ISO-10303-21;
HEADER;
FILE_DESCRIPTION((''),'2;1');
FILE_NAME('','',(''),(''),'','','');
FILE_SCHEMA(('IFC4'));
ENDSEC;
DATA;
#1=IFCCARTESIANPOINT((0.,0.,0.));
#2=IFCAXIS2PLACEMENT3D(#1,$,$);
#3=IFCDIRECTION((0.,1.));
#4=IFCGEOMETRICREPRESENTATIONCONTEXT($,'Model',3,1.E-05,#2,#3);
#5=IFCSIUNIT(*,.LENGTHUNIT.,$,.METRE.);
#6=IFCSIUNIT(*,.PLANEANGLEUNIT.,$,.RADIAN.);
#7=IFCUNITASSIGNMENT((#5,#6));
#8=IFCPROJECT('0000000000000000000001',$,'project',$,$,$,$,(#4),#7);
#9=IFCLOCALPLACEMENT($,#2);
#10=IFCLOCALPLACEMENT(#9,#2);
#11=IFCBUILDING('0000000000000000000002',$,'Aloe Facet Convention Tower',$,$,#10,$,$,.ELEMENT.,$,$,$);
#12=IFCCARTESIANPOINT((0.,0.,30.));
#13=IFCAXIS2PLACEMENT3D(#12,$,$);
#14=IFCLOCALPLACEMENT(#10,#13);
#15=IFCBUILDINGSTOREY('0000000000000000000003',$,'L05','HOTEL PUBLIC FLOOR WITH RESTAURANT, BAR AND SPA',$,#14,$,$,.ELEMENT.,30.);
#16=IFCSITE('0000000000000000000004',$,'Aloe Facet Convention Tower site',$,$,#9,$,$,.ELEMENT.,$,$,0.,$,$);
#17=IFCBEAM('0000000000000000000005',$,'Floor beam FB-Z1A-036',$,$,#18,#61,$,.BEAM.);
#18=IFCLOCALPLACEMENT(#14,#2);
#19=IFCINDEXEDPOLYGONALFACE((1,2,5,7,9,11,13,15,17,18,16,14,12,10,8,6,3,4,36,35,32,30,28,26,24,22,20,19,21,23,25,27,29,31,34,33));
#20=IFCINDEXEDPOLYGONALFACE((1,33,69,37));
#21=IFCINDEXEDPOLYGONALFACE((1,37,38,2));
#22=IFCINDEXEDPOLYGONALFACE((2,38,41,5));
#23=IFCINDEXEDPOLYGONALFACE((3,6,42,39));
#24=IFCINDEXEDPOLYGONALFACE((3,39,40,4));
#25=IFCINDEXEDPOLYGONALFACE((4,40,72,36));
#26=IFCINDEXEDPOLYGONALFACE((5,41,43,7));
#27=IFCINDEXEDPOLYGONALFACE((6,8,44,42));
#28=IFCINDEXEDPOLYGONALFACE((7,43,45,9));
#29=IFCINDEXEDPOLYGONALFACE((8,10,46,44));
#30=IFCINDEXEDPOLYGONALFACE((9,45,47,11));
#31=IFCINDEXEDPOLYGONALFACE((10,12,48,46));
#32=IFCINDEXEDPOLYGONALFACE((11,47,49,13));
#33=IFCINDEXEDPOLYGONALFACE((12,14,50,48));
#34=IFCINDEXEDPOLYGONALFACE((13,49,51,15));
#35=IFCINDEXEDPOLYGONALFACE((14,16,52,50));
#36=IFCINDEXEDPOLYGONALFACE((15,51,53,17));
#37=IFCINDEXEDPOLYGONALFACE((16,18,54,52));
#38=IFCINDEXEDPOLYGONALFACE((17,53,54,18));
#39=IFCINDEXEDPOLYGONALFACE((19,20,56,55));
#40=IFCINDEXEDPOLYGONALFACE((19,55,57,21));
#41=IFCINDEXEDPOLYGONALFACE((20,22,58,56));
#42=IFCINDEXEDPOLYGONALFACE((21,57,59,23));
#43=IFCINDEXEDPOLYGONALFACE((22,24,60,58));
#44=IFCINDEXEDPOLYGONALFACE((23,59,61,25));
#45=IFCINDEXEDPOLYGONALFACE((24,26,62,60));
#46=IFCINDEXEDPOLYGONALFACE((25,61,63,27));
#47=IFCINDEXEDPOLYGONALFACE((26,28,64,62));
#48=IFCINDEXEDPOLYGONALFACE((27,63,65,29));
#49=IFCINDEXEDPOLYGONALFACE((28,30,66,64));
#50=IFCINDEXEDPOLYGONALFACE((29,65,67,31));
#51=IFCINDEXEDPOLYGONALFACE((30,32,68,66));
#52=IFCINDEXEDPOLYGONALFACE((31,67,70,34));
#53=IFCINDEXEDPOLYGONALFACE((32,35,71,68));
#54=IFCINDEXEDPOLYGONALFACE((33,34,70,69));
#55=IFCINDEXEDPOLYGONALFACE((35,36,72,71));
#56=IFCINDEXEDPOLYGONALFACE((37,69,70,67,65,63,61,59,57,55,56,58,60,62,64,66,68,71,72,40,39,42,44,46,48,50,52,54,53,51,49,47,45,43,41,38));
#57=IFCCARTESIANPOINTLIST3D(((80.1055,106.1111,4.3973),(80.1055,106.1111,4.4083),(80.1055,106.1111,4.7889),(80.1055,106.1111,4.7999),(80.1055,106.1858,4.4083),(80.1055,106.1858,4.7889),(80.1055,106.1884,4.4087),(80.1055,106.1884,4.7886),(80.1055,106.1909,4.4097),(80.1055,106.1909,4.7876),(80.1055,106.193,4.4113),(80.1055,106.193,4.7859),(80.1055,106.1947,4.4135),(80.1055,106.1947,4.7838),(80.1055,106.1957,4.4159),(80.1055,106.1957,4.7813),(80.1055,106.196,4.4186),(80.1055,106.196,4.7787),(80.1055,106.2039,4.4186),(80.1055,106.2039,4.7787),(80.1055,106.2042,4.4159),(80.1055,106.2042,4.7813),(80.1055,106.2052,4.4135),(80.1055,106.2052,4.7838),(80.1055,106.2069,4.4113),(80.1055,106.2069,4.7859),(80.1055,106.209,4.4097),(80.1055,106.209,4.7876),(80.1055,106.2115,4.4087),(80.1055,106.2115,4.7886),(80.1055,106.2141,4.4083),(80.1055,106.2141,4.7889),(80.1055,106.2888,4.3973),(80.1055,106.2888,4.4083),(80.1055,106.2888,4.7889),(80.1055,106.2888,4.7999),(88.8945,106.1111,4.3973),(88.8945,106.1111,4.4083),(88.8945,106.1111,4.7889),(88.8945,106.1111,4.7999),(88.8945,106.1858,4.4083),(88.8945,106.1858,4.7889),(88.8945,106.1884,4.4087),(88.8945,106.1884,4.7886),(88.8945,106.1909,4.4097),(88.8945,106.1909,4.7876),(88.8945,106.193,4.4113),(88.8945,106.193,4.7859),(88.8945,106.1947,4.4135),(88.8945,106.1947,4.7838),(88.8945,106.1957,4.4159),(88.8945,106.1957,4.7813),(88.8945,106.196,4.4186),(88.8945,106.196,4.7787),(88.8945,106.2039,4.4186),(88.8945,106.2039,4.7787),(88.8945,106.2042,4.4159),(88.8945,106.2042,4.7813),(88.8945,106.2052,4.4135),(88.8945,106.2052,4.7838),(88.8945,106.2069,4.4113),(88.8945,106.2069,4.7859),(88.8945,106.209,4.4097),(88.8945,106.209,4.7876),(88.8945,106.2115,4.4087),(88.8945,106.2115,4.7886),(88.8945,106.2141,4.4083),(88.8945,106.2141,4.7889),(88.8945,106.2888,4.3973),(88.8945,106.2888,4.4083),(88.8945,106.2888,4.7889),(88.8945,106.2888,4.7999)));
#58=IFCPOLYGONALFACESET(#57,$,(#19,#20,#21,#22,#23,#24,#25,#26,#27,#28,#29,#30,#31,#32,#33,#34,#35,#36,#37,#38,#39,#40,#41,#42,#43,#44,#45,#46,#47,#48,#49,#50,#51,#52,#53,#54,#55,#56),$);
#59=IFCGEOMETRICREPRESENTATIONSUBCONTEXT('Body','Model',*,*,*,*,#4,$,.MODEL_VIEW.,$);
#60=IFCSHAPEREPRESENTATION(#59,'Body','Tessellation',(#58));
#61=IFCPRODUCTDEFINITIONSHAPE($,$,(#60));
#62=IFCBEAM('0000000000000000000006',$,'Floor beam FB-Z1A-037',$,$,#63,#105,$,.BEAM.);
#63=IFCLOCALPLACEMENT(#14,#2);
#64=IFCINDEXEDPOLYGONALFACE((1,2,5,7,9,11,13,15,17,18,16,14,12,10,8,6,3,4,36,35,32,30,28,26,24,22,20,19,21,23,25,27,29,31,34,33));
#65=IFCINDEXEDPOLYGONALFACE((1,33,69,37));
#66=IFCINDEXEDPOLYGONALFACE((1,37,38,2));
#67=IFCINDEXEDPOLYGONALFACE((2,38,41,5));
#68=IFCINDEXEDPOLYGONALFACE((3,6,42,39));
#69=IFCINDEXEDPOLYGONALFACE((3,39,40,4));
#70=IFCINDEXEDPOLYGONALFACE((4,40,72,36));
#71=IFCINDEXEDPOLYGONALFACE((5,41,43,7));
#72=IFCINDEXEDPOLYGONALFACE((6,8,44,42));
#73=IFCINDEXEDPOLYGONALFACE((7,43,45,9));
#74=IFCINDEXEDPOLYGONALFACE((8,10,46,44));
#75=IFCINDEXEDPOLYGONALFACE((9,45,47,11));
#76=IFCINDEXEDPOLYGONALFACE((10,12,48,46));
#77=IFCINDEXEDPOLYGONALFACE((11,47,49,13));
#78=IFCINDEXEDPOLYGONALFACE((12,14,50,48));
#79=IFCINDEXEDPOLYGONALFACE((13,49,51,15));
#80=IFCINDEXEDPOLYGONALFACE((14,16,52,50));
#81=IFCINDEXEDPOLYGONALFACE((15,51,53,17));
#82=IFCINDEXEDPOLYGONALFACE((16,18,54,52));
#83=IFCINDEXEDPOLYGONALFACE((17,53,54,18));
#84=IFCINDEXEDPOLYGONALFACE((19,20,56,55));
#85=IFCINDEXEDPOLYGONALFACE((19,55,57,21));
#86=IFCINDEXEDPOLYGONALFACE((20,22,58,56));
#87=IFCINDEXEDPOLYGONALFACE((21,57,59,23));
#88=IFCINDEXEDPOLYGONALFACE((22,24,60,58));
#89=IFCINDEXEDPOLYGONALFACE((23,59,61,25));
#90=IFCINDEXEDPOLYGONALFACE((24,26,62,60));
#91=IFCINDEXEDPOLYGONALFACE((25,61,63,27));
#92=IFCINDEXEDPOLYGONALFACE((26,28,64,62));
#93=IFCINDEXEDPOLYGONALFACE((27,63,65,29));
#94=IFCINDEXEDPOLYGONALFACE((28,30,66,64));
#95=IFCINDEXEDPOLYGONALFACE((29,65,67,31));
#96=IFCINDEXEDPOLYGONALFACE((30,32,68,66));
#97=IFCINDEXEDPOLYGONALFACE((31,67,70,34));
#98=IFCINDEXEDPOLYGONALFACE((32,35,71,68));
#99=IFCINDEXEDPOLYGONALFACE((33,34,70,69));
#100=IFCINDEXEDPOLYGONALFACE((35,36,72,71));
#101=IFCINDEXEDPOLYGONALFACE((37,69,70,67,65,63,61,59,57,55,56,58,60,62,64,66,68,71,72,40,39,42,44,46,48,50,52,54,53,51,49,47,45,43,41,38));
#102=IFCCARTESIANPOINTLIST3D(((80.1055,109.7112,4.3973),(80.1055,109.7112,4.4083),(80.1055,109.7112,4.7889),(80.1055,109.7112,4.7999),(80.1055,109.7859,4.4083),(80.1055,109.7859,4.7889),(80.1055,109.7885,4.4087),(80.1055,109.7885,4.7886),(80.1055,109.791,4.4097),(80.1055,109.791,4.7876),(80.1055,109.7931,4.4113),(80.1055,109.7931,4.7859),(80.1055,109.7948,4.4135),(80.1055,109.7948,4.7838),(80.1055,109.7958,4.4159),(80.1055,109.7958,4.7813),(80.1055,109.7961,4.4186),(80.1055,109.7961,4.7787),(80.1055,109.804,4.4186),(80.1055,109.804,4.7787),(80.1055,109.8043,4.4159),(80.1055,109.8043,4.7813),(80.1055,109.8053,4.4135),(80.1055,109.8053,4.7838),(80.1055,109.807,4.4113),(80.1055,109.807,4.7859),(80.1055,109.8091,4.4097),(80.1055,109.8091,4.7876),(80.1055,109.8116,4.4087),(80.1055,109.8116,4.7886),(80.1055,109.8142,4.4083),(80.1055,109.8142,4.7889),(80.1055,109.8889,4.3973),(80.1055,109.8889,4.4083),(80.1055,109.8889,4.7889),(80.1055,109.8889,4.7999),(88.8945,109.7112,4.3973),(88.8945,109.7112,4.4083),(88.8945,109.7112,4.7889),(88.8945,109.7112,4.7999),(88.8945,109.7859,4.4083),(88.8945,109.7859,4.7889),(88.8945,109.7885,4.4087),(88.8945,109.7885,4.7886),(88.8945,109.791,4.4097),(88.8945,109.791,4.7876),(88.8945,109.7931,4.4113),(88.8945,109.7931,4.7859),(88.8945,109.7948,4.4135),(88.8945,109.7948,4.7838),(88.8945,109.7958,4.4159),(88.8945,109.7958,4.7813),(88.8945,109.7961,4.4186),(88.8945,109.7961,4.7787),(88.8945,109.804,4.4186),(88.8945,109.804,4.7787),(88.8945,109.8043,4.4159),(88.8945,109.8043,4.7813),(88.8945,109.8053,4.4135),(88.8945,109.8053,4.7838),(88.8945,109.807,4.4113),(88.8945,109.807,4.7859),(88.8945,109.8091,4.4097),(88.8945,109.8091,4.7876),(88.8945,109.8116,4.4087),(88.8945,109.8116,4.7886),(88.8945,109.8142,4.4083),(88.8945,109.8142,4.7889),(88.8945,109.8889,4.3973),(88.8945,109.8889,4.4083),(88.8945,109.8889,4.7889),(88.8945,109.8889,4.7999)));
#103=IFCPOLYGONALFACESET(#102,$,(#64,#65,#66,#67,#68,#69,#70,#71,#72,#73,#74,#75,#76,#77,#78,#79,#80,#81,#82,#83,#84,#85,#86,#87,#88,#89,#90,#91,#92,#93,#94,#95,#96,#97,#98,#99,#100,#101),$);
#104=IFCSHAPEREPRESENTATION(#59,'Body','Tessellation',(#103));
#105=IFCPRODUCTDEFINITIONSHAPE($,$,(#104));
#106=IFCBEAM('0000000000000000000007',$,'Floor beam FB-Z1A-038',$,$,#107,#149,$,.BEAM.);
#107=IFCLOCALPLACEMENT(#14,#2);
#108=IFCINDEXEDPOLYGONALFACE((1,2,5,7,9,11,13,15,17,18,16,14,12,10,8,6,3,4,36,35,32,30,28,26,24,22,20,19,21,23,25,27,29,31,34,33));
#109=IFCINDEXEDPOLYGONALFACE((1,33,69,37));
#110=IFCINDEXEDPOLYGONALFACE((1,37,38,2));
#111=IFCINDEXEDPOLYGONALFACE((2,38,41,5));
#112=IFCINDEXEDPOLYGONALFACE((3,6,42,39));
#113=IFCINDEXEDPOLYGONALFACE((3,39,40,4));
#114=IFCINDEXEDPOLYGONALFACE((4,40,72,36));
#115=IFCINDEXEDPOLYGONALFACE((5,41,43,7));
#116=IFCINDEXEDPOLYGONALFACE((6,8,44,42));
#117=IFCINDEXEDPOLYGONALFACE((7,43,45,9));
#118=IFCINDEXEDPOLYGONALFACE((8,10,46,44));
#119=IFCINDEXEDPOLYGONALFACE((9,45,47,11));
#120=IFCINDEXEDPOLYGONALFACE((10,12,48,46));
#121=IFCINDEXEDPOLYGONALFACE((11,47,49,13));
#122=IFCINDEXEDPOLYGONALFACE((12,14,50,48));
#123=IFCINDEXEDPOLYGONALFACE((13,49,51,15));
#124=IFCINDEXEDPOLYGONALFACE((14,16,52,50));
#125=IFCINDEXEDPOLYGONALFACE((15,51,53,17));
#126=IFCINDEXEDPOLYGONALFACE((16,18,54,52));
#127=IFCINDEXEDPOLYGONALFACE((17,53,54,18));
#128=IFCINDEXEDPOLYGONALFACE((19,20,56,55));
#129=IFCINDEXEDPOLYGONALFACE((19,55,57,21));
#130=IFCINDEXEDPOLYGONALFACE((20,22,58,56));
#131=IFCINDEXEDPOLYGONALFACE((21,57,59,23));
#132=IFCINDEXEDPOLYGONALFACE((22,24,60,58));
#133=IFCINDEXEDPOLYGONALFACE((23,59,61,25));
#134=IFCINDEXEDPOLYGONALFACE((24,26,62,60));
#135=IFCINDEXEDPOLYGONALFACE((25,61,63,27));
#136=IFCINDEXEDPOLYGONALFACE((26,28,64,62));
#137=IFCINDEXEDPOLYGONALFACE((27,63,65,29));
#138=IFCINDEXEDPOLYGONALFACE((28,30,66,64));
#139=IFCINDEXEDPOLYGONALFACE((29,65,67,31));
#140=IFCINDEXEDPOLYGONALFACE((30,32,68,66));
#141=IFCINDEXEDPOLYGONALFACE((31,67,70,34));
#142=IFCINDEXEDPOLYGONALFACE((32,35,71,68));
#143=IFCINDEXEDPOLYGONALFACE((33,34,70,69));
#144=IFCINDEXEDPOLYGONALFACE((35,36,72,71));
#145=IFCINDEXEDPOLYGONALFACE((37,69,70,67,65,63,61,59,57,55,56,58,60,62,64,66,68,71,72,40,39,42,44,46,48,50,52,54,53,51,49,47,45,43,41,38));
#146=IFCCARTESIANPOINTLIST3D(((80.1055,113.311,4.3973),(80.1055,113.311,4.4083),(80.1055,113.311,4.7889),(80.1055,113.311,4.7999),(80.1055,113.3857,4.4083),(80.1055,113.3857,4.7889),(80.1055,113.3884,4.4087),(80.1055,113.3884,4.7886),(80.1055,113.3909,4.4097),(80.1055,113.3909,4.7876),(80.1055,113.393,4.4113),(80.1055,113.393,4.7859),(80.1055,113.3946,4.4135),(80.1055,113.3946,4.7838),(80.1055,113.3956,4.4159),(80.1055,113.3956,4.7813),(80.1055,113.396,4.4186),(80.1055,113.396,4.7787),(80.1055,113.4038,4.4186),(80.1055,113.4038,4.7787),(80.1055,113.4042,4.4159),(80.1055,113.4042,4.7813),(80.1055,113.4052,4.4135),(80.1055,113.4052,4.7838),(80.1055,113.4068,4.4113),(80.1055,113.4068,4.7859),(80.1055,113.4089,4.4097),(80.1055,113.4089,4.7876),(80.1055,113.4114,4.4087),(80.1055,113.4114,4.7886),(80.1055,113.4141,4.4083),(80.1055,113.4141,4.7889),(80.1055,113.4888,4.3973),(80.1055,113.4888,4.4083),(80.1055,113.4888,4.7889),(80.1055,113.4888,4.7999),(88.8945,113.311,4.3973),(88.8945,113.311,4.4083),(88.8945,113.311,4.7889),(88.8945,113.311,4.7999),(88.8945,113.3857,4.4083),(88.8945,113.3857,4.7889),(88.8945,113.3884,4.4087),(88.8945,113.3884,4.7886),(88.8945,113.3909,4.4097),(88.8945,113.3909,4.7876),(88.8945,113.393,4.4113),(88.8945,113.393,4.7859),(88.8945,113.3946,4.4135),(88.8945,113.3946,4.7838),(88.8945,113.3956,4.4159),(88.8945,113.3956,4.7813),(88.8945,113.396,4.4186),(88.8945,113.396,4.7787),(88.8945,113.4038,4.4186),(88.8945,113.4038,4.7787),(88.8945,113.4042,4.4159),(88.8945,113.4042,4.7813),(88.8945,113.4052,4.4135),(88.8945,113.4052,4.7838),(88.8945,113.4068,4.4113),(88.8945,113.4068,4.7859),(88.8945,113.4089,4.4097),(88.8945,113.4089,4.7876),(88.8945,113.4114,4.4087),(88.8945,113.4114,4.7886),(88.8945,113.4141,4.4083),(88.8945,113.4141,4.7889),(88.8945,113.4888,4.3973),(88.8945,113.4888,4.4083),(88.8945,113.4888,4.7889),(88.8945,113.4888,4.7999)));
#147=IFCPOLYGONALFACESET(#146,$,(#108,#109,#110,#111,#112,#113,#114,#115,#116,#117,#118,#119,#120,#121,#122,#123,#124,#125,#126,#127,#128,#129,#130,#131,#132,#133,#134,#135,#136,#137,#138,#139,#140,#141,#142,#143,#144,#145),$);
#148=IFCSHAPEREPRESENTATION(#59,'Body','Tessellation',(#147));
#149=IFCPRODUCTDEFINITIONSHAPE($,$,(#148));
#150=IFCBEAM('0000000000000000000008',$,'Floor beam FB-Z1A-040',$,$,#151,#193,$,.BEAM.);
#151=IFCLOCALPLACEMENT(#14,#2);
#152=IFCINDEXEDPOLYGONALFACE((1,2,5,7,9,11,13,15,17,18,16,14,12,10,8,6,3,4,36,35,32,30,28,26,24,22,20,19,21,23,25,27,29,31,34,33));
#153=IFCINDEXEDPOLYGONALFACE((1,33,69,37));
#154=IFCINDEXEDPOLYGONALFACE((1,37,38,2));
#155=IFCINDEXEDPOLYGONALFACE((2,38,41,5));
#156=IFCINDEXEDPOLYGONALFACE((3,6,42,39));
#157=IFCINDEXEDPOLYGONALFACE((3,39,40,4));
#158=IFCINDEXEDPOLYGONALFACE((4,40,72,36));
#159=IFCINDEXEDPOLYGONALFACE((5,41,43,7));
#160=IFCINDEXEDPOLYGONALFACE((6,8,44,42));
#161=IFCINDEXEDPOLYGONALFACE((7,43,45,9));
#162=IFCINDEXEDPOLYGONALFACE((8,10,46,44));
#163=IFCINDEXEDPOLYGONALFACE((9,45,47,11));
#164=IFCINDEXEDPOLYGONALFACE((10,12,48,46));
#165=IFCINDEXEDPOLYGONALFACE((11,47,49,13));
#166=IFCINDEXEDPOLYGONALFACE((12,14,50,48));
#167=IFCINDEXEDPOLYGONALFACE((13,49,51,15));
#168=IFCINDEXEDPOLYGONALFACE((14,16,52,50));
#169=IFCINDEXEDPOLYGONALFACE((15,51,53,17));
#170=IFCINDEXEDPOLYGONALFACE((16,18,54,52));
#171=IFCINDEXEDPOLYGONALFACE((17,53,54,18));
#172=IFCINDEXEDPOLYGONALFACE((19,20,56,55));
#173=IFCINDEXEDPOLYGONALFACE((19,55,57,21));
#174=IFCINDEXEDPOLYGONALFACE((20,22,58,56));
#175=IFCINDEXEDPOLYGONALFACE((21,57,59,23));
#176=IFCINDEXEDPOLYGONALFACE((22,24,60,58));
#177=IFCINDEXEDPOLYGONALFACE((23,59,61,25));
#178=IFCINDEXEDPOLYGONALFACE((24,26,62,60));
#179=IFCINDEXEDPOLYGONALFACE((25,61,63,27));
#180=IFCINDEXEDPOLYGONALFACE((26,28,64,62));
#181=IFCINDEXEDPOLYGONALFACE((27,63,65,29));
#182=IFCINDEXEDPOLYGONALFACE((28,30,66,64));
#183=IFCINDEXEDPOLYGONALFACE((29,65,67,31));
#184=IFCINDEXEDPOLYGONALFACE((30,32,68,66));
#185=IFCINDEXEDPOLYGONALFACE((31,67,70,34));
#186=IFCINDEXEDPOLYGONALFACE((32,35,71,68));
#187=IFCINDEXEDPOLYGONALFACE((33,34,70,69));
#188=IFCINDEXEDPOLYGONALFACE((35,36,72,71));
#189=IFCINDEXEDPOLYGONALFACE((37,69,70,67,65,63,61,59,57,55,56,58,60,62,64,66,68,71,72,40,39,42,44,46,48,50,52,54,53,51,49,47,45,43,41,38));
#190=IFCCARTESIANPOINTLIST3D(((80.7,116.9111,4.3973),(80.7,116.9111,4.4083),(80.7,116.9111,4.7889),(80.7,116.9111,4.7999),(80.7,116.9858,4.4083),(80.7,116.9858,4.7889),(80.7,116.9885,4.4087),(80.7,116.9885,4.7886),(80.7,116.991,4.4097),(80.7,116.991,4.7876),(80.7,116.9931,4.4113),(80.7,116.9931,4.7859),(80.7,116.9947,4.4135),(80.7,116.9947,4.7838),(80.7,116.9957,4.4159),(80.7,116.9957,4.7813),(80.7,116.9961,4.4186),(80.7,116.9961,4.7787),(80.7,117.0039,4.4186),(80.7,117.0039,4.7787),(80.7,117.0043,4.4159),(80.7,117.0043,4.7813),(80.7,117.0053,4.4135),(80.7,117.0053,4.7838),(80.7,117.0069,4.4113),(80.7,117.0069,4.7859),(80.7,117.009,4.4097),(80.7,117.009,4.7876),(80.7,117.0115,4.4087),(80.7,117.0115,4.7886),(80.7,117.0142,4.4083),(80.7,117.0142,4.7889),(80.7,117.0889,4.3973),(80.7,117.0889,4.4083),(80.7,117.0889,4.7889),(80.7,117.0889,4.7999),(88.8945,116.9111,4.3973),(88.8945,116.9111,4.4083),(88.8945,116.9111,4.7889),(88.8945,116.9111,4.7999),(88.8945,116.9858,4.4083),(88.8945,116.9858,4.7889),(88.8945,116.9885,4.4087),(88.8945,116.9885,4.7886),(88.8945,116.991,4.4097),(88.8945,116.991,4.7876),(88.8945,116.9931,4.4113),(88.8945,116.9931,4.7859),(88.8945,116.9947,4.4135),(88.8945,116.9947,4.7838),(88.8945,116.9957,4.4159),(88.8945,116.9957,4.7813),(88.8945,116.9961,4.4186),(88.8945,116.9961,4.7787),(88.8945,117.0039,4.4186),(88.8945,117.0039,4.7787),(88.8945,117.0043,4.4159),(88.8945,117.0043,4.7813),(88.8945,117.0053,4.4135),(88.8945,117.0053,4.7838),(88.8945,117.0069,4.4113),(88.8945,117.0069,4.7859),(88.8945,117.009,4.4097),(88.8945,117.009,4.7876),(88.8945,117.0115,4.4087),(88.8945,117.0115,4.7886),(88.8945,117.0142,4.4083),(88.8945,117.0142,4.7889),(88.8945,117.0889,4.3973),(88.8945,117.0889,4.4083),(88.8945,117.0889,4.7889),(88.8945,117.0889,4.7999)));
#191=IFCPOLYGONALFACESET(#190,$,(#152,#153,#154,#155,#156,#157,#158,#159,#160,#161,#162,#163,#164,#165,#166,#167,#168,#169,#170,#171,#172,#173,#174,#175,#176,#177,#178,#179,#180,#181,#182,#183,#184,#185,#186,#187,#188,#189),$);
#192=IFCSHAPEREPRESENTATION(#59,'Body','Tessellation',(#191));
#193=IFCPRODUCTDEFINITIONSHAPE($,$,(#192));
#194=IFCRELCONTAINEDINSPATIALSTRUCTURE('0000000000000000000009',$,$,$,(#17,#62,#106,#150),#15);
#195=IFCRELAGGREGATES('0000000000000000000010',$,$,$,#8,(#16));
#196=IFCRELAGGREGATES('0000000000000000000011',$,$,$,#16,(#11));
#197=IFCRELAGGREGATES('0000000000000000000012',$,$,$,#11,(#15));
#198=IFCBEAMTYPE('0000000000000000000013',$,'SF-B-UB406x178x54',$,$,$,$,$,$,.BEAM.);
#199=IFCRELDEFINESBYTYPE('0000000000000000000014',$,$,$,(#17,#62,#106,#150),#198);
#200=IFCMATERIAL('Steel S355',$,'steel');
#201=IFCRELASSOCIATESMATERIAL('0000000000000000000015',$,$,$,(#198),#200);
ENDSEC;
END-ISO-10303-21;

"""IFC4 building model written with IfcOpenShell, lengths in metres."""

from ifc_helpers import new_model, si_unit, direction, frame, origin, origin_2d, place, context, subcontext, project, spatial, i_section, extrude, material, material_profile, profile_set, type_object, element, save


model = new_model("IFC4")

# Units and contexts
model_context = context("Model", 3, precision=1e-05, world=origin(), true_north=direction((0.0, 1.0)))
body_context = subcontext(model_context, "Body", "Model", "MODEL_VIEW")
ifc_project = project(units=[si_unit("LENGTHUNIT", "METRE"), si_unit("PLANEANGLEUNIT", "RADIAN")], contexts=[model_context])

# Site, building, storey
site_placement = place(None, origin())
site = spatial("IfcSite", under=ifc_project, at=site_placement, Name="Aloe Facet Convention Tower site", CompositionType="ELEMENT", RefElevation=0.0)
building_placement = place(site_placement, origin())
building = spatial("IfcBuilding", under=site, at=building_placement, Name="Aloe Facet Convention Tower", CompositionType="ELEMENT")
storey_placement = place(building_placement, frame((0.0, 0.0, 30.0)))
storey = spatial("IfcBuildingStorey", under=building, at=storey_placement, Name="L05", Description="HOTEL PUBLIC FLOOR WITH RESTAURANT, BAR AND SPA", CompositionType="ELEMENT", Elevation=30.0)

# Beams
ifc_material_1 = material(Name="Steel S355", Category="steel")
ifc_material_profile_1 = material_profile(ifc_material_1, i_section(OverallWidth=0.1777, OverallDepth=0.4026, WebThickness=0.0078, FlangeThickness=0.011, FilletRadius=0.0103, at=origin_2d()), Name="UB 406x178x54")
ifc_profile_set_1 = profile_set([ifc_material_profile_1], Name="Steel S355")
beam_type_1 = type_object("IfcBeamType", Name="SF-B-UB406x178x54", PredefinedType="BEAM", material=ifc_profile_set_1)
for number, where, z_axis, x_axis, name in (
    (1, (80.1055, 106.2, 4.5986), (1.0, 0.0, 0.0), (0.0, 1.0, 0.0), "Floor beam FB-Z1A-036"),
    (2, (80.1055, 109.8, 4.5986), (1.0, 0.0, 0.0), (0.0, 1.0, 0.0), "Floor beam FB-Z1A-037"),
    (3, (80.1055, 113.3999, 4.5986), (1.0, 0.0, 0.0), (0.0, 1.0, 0.0), "Floor beam FB-Z1A-038"),
):
    element("IfcBeam", number, at=place(storey_placement, frame(where, z_axis=z_axis, x_axis=x_axis)), inside=storey, type_object=beam_type_1, Name=name, PredefinedType="BEAM", context=body_context, shape_type="SweptSolid", body=[
        extrude(i_section(OverallWidth=0.1777, OverallDepth=0.4026, WebThickness=0.0078, FlangeThickness=0.011, FilletRadius=0.0103, at=origin_2d()), origin(), (0.0, 0.0, 1.0), 8.7891),
    ])
beam_1_placement = place(storey_placement, frame((80.7, 117.0, 4.5986), z_axis=(1.0, 0.0, 0.0), x_axis=(0.0, 1.0, 0.0)))
element("IfcBeam", 4, at=beam_1_placement, inside=storey, type_object=beam_type_1, Name="Floor beam FB-Z1A-040", PredefinedType="BEAM", context=body_context, shape_type="SweptSolid", body=[
    extrude(i_section(OverallWidth=0.1777, OverallDepth=0.4026, WebThickness=0.0078, FlangeThickness=0.011, FilletRadius=0.0103, at=origin_2d()), origin(), (0.0, 0.0, 1.0), 8.1946),
])

save(model, "model.ifc")
